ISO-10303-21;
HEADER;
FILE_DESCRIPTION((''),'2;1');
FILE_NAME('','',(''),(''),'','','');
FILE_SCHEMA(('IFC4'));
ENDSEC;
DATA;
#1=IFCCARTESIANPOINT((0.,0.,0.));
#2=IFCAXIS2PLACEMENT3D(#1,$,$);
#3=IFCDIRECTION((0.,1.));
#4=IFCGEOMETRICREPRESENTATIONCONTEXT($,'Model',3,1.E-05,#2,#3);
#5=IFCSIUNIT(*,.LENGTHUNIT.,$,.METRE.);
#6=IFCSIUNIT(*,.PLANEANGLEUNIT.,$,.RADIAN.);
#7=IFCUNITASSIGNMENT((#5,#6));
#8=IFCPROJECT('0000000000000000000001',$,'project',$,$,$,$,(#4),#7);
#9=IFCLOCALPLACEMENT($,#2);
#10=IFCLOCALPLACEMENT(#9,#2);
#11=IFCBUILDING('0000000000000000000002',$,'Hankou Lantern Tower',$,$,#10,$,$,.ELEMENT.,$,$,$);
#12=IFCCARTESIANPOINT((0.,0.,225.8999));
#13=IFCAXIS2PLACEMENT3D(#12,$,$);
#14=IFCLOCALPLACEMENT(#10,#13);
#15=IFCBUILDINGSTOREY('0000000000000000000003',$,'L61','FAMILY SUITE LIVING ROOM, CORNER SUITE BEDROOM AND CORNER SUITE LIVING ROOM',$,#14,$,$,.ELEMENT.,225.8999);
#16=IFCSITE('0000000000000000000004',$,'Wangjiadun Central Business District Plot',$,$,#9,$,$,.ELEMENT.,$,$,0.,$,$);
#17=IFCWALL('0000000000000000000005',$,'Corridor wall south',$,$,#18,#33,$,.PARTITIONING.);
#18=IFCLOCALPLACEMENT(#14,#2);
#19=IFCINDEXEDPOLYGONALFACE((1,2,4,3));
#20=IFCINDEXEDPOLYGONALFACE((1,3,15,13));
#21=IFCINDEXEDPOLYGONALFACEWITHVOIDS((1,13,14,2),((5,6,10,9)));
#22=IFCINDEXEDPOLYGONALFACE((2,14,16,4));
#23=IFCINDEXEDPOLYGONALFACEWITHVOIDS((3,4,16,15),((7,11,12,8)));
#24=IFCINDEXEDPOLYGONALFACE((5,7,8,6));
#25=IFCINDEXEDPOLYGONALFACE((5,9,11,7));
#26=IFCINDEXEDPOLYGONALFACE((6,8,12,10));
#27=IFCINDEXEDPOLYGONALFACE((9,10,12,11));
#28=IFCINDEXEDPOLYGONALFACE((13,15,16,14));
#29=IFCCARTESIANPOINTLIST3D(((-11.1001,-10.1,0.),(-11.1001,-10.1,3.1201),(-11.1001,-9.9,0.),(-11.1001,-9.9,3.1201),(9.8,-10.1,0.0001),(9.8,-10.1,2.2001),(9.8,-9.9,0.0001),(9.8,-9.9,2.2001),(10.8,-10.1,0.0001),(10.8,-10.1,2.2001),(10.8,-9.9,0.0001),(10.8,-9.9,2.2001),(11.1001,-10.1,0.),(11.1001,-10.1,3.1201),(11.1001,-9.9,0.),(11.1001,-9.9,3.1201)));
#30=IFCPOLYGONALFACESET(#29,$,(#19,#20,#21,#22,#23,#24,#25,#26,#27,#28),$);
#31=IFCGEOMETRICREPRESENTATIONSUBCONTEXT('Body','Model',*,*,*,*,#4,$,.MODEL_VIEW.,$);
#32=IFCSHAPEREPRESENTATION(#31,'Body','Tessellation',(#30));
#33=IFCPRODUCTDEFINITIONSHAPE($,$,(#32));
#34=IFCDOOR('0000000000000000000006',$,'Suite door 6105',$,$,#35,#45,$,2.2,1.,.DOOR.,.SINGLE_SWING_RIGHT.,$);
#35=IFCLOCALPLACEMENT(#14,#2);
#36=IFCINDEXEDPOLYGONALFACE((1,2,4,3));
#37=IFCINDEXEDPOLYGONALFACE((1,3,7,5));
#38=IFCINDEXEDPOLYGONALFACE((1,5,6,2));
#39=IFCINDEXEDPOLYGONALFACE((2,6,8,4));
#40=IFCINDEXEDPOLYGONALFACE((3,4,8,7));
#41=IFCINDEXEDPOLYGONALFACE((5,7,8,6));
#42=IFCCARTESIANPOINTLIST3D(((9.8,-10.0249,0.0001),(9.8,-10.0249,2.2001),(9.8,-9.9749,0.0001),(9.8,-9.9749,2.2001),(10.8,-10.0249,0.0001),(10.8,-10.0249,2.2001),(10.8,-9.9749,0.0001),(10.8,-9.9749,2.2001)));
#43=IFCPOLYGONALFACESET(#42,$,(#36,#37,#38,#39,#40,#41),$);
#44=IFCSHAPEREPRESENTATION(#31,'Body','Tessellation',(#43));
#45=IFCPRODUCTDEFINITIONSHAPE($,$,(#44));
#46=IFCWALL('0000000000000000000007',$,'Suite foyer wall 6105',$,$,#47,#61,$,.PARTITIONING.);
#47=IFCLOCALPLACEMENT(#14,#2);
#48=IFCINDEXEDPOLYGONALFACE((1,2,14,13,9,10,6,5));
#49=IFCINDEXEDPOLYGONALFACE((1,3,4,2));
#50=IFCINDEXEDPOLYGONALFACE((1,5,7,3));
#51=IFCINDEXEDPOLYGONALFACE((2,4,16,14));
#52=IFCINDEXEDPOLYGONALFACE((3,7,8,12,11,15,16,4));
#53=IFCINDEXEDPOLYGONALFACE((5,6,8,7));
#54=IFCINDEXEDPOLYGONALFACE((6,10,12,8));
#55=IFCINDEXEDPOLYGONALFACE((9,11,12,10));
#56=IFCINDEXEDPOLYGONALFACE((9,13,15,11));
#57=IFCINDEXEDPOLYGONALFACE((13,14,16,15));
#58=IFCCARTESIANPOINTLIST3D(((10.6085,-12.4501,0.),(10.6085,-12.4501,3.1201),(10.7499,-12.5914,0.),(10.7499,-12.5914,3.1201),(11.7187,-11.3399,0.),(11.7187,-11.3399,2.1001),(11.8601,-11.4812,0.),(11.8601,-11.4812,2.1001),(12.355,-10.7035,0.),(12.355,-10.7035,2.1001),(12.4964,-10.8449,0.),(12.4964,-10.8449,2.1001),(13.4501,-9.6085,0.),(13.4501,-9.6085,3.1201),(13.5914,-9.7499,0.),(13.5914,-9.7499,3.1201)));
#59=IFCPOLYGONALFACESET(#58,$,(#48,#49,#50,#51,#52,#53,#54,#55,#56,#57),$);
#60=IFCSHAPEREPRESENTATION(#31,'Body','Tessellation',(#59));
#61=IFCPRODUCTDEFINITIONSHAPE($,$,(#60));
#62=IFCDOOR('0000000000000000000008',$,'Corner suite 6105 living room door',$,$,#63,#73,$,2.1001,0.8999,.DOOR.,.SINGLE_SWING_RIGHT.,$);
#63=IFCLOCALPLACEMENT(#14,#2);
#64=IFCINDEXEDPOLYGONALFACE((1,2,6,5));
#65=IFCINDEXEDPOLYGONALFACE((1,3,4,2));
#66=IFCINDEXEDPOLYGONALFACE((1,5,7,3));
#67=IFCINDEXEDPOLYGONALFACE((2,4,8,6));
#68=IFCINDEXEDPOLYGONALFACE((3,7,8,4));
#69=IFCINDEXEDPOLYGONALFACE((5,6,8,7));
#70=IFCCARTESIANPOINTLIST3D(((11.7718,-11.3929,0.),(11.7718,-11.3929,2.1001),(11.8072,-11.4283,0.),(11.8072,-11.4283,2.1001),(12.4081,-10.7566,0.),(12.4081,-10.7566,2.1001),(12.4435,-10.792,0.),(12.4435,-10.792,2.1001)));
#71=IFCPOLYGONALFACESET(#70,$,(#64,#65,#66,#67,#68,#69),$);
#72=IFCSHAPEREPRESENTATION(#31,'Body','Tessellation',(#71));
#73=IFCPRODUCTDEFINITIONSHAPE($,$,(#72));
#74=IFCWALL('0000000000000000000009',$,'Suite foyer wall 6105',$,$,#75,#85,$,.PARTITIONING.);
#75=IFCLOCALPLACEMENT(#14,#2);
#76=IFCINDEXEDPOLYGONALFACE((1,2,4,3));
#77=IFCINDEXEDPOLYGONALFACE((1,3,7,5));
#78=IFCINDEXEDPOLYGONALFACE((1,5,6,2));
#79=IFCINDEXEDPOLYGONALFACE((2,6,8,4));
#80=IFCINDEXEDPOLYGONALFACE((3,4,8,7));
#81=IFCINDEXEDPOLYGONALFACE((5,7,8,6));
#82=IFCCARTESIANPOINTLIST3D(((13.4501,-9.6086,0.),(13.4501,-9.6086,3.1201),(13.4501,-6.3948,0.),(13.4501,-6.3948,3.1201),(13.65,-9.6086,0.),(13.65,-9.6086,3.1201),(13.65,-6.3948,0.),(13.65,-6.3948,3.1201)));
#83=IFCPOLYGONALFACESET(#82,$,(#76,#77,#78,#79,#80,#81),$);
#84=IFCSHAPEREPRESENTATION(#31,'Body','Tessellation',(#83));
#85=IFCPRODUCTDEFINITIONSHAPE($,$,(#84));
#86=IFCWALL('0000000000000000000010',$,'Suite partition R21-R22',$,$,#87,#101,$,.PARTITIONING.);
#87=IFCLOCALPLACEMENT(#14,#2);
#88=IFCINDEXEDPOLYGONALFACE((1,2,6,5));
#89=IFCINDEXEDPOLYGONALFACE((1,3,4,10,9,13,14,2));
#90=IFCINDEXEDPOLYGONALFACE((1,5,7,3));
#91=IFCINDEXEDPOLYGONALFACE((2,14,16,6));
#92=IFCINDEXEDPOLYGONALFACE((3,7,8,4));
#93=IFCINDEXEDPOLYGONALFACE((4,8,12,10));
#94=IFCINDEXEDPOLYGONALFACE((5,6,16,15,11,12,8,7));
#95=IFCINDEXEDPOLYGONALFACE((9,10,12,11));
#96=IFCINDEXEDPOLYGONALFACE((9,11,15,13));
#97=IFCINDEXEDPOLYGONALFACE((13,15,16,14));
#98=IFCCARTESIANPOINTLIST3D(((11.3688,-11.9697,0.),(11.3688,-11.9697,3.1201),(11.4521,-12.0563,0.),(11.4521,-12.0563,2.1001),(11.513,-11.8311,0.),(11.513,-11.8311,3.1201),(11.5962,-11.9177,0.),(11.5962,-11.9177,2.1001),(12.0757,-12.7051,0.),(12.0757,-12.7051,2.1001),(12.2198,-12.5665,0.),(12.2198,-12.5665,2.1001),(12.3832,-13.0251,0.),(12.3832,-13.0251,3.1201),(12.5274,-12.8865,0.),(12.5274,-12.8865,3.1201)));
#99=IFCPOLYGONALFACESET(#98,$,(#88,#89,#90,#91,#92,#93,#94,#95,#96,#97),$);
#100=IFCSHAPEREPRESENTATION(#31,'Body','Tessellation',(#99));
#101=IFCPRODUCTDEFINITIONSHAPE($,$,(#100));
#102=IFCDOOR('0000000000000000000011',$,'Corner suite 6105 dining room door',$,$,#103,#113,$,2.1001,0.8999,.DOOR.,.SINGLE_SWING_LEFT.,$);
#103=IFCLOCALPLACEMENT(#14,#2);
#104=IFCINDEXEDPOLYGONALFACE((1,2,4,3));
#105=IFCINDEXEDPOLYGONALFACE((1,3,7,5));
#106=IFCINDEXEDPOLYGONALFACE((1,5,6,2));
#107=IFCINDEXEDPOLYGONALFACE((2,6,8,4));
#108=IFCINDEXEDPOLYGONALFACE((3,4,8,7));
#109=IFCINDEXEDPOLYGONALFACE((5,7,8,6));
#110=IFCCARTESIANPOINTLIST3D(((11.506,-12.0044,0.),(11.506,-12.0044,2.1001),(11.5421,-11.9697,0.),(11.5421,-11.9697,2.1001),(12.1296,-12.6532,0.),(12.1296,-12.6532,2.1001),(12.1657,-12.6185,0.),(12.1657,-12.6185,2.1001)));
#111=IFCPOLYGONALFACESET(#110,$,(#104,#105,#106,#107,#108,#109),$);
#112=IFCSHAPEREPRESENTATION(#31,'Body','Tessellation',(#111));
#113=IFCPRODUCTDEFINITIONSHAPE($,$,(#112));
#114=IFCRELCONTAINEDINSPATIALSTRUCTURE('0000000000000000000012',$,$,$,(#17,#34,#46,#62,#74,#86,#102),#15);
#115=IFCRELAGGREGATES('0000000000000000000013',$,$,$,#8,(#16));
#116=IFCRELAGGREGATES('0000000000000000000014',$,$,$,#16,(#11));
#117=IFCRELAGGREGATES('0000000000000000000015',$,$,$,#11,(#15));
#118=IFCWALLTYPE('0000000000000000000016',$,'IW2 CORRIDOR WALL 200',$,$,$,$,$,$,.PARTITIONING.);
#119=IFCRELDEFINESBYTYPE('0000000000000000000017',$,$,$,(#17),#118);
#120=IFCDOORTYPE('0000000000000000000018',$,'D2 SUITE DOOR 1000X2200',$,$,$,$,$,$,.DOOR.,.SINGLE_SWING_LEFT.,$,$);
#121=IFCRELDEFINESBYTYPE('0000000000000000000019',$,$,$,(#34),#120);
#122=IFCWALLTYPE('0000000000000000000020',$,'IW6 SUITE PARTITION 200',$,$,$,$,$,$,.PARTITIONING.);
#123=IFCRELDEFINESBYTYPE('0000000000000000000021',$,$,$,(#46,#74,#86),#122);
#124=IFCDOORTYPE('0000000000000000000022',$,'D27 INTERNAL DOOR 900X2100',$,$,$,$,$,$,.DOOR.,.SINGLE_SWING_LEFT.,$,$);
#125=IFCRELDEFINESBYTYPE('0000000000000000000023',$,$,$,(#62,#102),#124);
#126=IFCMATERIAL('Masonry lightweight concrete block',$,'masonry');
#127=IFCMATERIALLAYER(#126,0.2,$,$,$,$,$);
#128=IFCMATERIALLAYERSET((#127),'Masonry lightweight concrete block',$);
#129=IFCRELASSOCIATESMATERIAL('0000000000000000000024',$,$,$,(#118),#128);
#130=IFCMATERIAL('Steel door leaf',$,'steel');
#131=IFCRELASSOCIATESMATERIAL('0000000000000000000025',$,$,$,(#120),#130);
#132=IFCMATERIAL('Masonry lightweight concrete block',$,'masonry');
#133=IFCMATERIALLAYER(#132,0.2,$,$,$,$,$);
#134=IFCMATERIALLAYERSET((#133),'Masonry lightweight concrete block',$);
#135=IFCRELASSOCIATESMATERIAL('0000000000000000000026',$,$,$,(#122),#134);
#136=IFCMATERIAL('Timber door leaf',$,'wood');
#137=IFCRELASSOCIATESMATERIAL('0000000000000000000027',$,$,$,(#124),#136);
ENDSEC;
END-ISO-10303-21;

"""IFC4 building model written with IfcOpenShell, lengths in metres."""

from ifc_helpers import new_model, si_unit, direction, frame, frame_2d, origin, place, context, subcontext, project, spatial, rectangle, extrude, material, layer, layer_set, type_object, element, fill, save


model = new_model("IFC4")

# Units and contexts
model_context = context("Model", 3, precision=1e-05, world=origin(), true_north=direction((0.0, 1.0)))
body_context = subcontext(model_context, "Body", "Model", "MODEL_VIEW")
ifc_project = project(units=[si_unit("LENGTHUNIT", "METRE"), si_unit("PLANEANGLEUNIT", "RADIAN")], contexts=[model_context])

# Site, building, storey
site_placement = place(None, origin())
site = spatial("IfcSite", under=ifc_project, at=site_placement, Name="Wangjiadun Central Business District Plot", CompositionType="ELEMENT", RefElevation=0.0)
building_placement = place(site_placement, origin())
building = spatial("IfcBuilding", under=site, at=building_placement, Name="Hankou Lantern Tower", CompositionType="ELEMENT")
storey_placement = place(building_placement, frame((0.0, 0.0, 225.8999)))
storey = spatial("IfcBuildingStorey", under=building, at=storey_placement, Name="L61", Description="FAMILY SUITE LIVING ROOM, CORNER SUITE BEDROOM AND CORNER SUITE LIVING ROOM", CompositionType="ELEMENT", Elevation=225.8999)

# Shared definitions
ifc_material_1 = material(Name="Masonry lightweight concrete block", Category="masonry")
ifc_layer_1 = layer(ifc_material_1, 0.2)
ifc_layer_set_1 = layer_set([ifc_layer_1], Name="Masonry lightweight concrete block")
wall_type_1 = type_object("IfcWallType", Name="IW2 CORRIDOR WALL 200", PredefinedType="PARTITIONING", material=ifc_layer_set_1)
ifc_material_2 = material(Name="Steel door leaf", Category="steel")
door_type_1 = type_object("IfcDoorType", Name="D2 SUITE DOOR 1000X2200", OperationType="SINGLE_SWING_LEFT", PredefinedType="DOOR", material=ifc_material_2)

# Walls, openings, doors
wall_1_placement = place(storey_placement, frame((11.1001, -10.0, 0.0), z_axis=(0.0, 0.0, 1.0), x_axis=(-1.0, 0.0, 0.0)))
wall_1 = element("IfcWall", 1, at=wall_1_placement, inside=storey, type_object=wall_type_1, Name="Corridor wall south", PredefinedType="PARTITIONING", context=body_context, shape_type="SweptSolid", body=[
    extrude(rectangle(XDim=22.2002, YDim=0.2, at=frame_2d((11.1001, 0.0))), origin(), (0.0, 0.0, 1.0), 3.1201),
])
opening_1_placement = place(wall_1_placement, frame((0.3, 0.0, 0.0)))
opening_1 = element("IfcOpeningElement", 2, at=opening_1_placement, cuts=wall_1, PredefinedType="OPENING", context=body_context, shape_type="SweptSolid", body=[
    extrude(rectangle(XDim=1.0, YDim=2.2, at=frame_2d((0.5, 1.1001))), frame((0.0, 0.1099, 0.0), z_axis=(0.0, -1.0, 0.0), x_axis=(1.0, 0.0, 0.0)), (0.0, 0.0, 1.0), 0.22),
])
door_1_placement = place(opening_1_placement, origin())
door_1 = element("IfcDoor", 3, at=door_1_placement, inside=storey, type_object=door_type_1, Name="Suite door 6105", OperationType="SINGLE_SWING_RIGHT", OverallHeight=2.2, OverallWidth=1.0, PredefinedType="DOOR", context=body_context, shape_type="SweptSolid", body=[
    extrude(rectangle(XDim=1.0, YDim=2.2, at=frame_2d((0.5, 1.1001))), frame((0.0, 0.0249, 0.0), z_axis=(0.0, -1.0, 0.0), x_axis=(1.0, 0.0, 0.0)), (0.0, 0.0, 1.0), 0.05),
])
fill(opening_1, door_1)
ifc_material_3 = material(Name="Masonry lightweight concrete block", Category="masonry")
ifc_layer_2 = layer(ifc_material_3, 0.2)
ifc_layer_set_2 = layer_set([ifc_layer_2], Name="Masonry lightweight concrete block")
wall_type_2 = type_object("IfcWallType", Name="IW6 SUITE PARTITION 200", PredefinedType="PARTITIONING", material=ifc_layer_set_2)
wall_2_placement = place(storey_placement, frame((10.6792, -12.5208, 0.0), z_axis=(0.0, 0.0, 1.0), x_axis=(0.707107, 0.707107, 0.0)))
wall_2 = element("IfcWall", 4, at=wall_2_placement, inside=storey, type_object=wall_type_2, Name="Suite foyer wall 6105", PredefinedType="PARTITIONING", context=body_context, shape_type="SweptSolid", body=[
    extrude(rectangle(XDim=4.0186, YDim=0.2, at=frame_2d((2.0093, 0.0))), origin(), (0.0, 0.0, 1.0), 3.1201),
])
opening_2_placement = place(wall_2_placement, frame((1.5701, 0.0, 0.0)))
opening_2 = element("IfcOpeningElement", 5, at=opening_2_placement, cuts=wall_2, PredefinedType="OPENING", context=body_context, shape_type="SweptSolid", body=[
    extrude(rectangle(XDim=0.8999, YDim=2.1001, at=frame_2d((0.45, 1.05))), frame((0.0, 0.1099, 0.0), z_axis=(0.0, -1.0, 0.0), x_axis=(1.0, 0.0, 0.0)), (0.0, 0.0, 1.0), 0.22),
])
ifc_material_4 = material(Name="Timber door leaf", Category="wood")
door_type_2 = type_object("IfcDoorType", Name="D27 INTERNAL DOOR 900X2100", OperationType="SINGLE_SWING_LEFT", PredefinedType="DOOR", material=ifc_material_4)
door_2_placement = place(opening_2_placement, origin())
door_2 = element("IfcDoor", 6, at=door_2_placement, inside=storey, type_object=door_type_2, Name="Corner suite 6105 living room door", OperationType="SINGLE_SWING_RIGHT", OverallHeight=2.1001, OverallWidth=0.8999, PredefinedType="DOOR", context=body_context, shape_type="SweptSolid", body=[
    extrude(rectangle(XDim=0.8999, YDim=2.1001, at=frame_2d((0.45, 1.05))), frame((0.0, 0.0249, 0.0), z_axis=(0.0, -1.0, 0.0), x_axis=(1.0, 0.0, 0.0)), (0.0, 0.0, 1.0), 0.05),
])
fill(opening_2, door_2)

# Wall
wall_3_placement = place(storey_placement, frame((13.55, -9.6086, 0.0), z_axis=(0.0, 0.0, 1.0), x_axis=(0.0, 1.0, 0.0)))
element("IfcWall", 7, at=wall_3_placement, inside=storey, type_object=wall_type_2, Name="Suite foyer wall 6105", PredefinedType="PARTITIONING", context=body_context, shape_type="SweptSolid", body=[
    extrude(rectangle(XDim=3.2139, YDim=0.2, at=frame_2d((1.6069, 0.0))), origin(), (0.0, 0.0, 1.0), 3.1201),
])

# Wall, opening, door
wall_4_placement = place(storey_placement, frame((11.4409, -11.9004, 0.0), z_axis=(0.0, 0.0, 1.0), x_axis=(0.692959, -0.720977, 0.0)))
wall_4 = element("IfcWall", 8, at=wall_4_placement, inside=storey, type_object=wall_type_2, Name="Suite partition R21-R22", PredefinedType="PARTITIONING", context=body_context, shape_type="SweptSolid", body=[
    extrude(rectangle(XDim=1.4639, YDim=0.2, at=frame_2d((0.7319, 0.0))), origin(), (0.0, 0.0, 1.0), 3.1201),
])
opening_3_placement = place(wall_4_placement, frame((0.1201, 0.0, 0.0)))
opening_3 = element("IfcOpeningElement", 9, at=opening_3_placement, cuts=wall_4, PredefinedType="OPENING", context=body_context, shape_type="SweptSolid", body=[
    extrude(rectangle(XDim=0.8999, YDim=2.1001, at=frame_2d((0.45, 1.05))), frame((0.0, 0.1099, 0.0), z_axis=(0.0, -1.0, 0.0), x_axis=(1.0, 0.0, 0.0)), (0.0, 0.0, 1.0), 0.22),
])
door_3_placement = place(opening_3_placement, origin())
door_3 = element("IfcDoor", 10, at=door_3_placement, inside=storey, type_object=door_type_2, Name="Corner suite 6105 dining room door", OperationType="SINGLE_SWING_LEFT", OverallHeight=2.1001, OverallWidth=0.8999, PredefinedType="DOOR", context=body_context, shape_type="SweptSolid", body=[
    extrude(rectangle(XDim=0.8999, YDim=2.1001, at=frame_2d((0.45, 1.05))), frame((0.0, 0.0249, 0.0), z_axis=(0.0, -1.0, 0.0), x_axis=(1.0, 0.0, 0.0)), (0.0, 0.0, 1.0), 0.05),
])
fill(opening_3, door_3)

save(model, "model.ifc")
